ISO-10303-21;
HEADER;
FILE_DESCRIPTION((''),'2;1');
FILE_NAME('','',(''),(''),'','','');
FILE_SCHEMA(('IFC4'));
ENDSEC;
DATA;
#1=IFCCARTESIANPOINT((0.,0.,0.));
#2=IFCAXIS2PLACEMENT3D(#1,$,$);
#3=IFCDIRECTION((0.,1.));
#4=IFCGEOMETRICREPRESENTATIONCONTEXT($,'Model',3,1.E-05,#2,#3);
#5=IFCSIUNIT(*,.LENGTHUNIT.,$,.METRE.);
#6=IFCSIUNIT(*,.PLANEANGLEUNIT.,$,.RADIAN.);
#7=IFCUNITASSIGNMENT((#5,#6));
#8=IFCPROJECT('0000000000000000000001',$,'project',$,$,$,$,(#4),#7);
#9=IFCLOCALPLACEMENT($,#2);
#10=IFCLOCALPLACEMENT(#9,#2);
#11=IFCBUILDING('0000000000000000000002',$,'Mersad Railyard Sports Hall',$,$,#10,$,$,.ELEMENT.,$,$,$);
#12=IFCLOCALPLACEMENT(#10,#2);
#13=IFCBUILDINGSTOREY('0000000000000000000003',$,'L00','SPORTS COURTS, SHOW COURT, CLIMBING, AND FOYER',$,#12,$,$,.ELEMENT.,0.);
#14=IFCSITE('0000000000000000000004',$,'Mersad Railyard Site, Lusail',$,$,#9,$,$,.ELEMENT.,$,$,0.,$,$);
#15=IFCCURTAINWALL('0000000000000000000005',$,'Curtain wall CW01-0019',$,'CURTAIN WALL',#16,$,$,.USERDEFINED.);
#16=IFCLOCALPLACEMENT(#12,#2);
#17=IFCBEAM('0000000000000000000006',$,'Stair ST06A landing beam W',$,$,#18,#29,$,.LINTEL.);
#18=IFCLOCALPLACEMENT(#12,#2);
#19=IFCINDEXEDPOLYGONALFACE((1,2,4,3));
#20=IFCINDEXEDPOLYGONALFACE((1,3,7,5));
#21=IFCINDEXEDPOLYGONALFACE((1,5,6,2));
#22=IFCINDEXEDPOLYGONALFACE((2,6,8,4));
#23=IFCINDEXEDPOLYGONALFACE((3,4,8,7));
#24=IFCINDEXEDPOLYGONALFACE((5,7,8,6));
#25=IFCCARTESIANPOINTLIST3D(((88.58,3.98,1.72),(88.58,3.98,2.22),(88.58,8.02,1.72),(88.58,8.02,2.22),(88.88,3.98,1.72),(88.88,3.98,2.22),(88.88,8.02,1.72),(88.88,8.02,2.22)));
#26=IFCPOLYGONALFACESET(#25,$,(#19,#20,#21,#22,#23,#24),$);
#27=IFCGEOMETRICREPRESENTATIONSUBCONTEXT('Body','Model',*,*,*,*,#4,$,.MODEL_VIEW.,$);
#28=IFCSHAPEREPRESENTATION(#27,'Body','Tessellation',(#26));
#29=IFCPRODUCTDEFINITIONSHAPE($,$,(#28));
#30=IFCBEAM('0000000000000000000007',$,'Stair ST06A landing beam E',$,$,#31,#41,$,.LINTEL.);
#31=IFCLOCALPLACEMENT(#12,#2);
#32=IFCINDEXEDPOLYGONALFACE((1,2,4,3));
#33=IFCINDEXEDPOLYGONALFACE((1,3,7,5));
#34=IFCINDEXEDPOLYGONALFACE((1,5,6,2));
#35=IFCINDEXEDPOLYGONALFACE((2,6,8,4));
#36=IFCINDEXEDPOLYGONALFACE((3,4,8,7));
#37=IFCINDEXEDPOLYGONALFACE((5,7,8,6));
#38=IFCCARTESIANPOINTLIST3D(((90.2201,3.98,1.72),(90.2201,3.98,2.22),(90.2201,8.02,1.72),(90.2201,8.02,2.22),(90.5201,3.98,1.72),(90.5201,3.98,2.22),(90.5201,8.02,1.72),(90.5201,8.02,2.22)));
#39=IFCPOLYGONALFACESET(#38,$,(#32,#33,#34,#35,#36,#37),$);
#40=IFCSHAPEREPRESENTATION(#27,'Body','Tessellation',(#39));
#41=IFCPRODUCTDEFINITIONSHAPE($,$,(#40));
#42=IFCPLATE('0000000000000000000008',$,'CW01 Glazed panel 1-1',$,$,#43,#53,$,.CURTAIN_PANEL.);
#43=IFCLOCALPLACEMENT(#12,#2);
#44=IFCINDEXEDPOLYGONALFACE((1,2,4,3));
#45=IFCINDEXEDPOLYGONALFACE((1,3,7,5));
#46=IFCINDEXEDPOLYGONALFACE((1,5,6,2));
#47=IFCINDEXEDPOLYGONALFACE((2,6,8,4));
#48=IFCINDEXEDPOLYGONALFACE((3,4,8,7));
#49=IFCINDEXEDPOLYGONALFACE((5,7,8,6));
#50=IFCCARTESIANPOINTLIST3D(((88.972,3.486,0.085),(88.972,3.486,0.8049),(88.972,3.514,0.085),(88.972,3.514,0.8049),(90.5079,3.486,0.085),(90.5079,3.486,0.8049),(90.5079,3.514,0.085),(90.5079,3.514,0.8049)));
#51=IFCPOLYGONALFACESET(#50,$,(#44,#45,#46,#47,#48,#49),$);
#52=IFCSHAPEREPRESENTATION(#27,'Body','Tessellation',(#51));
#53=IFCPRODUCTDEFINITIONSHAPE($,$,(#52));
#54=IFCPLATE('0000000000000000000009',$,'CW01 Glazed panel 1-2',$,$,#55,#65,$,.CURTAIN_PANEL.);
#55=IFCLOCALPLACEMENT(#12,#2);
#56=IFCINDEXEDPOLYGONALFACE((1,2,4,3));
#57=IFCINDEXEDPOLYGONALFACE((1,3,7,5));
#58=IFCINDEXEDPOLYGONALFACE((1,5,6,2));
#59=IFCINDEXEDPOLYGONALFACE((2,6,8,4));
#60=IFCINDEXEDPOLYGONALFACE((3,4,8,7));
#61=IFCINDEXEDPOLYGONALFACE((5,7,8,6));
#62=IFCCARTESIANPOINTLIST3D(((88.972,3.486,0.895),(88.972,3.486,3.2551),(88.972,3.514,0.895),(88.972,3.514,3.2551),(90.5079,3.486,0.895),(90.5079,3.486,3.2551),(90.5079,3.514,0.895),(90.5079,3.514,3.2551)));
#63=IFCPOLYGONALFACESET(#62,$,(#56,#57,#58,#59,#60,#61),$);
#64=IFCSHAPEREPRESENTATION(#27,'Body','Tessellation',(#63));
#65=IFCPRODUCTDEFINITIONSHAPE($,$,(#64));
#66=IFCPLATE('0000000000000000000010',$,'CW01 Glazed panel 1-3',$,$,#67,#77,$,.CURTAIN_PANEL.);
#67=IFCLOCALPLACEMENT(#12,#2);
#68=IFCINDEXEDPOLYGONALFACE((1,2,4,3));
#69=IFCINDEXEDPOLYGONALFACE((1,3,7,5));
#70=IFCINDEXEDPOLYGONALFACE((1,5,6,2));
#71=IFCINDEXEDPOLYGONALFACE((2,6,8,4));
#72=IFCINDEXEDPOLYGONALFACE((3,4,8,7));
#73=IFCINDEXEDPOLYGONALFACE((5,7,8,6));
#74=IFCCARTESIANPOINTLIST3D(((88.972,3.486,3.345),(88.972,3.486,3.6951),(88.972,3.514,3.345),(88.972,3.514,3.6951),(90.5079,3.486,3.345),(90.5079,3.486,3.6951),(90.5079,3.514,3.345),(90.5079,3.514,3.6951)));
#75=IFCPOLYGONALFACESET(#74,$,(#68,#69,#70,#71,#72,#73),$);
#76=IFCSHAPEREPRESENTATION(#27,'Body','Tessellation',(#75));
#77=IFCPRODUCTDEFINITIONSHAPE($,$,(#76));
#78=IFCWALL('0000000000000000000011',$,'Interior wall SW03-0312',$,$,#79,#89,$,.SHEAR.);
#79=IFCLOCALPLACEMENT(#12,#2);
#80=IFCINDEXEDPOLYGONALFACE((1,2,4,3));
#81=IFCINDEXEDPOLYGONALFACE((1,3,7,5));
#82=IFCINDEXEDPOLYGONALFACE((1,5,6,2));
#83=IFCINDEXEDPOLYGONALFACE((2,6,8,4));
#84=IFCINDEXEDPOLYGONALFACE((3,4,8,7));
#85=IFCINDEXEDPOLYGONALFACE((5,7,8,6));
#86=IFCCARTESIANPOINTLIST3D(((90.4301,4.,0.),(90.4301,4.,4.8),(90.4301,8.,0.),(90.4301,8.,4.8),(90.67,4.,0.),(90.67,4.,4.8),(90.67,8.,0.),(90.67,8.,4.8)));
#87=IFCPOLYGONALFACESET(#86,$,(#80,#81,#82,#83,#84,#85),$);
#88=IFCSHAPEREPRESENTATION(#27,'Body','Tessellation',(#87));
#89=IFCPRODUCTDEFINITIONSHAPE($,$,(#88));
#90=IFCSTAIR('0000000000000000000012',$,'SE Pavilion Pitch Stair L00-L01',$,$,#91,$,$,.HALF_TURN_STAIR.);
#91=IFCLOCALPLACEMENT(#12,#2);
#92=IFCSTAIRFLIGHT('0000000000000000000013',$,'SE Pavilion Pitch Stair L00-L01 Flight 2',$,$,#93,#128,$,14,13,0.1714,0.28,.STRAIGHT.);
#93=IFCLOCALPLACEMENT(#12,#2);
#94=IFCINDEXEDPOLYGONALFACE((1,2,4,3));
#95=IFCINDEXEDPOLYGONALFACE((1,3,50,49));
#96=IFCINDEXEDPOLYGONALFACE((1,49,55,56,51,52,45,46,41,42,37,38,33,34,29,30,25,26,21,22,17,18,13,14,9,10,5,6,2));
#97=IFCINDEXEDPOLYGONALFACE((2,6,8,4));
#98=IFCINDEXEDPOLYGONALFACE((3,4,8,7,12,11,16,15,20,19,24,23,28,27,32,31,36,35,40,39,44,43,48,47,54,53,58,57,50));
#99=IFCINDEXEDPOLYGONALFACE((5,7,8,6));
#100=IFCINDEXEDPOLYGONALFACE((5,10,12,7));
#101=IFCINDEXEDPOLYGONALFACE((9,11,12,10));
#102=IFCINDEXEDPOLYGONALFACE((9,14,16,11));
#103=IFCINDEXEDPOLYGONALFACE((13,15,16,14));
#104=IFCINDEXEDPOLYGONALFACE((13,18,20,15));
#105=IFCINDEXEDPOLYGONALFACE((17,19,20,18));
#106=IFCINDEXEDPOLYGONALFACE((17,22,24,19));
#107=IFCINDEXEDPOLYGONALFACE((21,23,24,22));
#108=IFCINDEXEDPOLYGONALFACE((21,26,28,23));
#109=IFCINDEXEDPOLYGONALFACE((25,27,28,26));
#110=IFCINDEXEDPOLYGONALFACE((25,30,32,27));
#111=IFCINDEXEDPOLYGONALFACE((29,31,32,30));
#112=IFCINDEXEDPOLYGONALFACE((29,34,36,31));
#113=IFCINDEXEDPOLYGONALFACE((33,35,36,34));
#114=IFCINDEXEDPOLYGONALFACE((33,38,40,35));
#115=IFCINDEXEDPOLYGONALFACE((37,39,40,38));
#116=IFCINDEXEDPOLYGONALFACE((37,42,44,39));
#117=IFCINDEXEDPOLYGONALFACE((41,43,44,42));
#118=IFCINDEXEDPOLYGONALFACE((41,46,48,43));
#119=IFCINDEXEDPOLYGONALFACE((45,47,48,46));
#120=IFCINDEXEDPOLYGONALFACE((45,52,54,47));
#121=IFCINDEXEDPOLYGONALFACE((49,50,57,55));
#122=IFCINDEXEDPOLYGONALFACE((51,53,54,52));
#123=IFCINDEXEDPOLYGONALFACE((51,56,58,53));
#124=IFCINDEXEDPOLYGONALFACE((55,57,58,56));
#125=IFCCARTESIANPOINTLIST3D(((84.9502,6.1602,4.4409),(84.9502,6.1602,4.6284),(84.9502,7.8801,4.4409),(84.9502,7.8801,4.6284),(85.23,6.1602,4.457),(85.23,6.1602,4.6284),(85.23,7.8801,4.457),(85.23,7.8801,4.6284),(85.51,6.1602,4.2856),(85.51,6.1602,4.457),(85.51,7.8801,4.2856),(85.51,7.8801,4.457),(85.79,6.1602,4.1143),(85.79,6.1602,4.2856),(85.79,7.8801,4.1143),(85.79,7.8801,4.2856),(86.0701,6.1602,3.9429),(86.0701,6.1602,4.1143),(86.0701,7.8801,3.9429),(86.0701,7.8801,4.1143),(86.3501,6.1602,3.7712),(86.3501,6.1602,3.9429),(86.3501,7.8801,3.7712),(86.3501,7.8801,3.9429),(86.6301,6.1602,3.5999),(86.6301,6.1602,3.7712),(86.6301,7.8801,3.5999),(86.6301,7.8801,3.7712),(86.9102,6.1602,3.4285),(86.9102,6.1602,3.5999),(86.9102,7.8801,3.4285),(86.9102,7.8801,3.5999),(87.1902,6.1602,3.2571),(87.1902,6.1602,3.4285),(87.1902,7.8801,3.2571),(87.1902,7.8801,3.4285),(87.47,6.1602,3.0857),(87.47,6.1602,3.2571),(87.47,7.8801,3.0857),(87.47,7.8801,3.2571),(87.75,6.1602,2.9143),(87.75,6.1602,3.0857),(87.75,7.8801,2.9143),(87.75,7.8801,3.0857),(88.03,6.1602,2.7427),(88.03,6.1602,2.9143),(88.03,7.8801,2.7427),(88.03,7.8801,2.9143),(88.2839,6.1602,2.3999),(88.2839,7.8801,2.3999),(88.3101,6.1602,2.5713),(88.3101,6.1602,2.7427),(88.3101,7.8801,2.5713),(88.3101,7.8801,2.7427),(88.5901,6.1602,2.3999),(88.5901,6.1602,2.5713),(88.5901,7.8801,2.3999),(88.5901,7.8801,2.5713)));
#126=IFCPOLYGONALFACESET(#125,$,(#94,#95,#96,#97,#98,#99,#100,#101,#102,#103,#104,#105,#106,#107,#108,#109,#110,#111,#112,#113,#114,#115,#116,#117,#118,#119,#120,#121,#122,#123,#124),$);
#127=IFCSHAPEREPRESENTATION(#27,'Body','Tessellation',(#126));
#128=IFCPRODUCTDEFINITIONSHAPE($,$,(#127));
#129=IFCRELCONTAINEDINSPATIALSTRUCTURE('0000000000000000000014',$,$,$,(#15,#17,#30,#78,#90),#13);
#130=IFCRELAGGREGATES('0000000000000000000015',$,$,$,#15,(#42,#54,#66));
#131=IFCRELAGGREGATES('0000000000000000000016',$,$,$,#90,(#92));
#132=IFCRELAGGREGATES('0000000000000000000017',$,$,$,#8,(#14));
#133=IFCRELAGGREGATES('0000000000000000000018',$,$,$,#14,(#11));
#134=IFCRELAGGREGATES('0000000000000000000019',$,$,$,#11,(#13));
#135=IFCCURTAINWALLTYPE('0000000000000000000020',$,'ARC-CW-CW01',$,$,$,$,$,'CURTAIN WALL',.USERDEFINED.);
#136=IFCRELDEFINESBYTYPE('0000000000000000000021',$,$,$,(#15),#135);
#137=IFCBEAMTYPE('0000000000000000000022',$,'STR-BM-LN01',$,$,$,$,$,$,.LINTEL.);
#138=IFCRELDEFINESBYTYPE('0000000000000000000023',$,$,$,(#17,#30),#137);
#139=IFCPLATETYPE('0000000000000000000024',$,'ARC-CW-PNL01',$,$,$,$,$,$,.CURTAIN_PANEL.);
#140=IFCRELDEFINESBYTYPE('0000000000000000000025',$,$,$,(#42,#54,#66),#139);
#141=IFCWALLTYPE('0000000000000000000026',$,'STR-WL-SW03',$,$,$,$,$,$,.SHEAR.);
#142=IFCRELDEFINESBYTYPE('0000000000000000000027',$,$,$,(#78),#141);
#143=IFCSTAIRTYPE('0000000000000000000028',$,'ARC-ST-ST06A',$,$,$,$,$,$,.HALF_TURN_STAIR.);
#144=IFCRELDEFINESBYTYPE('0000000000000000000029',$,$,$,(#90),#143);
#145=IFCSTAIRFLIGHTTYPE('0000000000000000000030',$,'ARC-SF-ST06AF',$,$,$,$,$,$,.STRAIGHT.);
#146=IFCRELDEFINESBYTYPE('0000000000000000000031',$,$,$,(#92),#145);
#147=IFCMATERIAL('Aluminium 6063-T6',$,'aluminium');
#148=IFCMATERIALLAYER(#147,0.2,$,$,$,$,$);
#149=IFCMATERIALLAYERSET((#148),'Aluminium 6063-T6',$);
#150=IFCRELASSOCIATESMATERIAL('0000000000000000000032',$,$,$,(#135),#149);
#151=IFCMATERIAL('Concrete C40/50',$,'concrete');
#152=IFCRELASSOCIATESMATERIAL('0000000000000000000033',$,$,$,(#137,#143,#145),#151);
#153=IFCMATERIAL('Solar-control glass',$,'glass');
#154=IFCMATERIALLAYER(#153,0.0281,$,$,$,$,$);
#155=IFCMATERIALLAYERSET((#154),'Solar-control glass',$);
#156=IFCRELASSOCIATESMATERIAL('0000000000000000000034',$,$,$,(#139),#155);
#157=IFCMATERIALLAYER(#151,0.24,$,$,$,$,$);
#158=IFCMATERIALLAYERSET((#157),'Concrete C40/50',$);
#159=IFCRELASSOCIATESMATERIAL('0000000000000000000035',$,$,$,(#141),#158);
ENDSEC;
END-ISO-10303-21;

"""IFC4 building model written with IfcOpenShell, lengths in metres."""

from ifc_helpers import new_model, si_unit, direction, frame, frame_2d, origin, origin_2d, place, context, subcontext, project, spatial, polyline, rectangle, outline, extrude, material, layer, layer_set, material_profile, profile_set, type_object, element, aggregate, save


model = new_model("IFC4")

# Units and contexts
model_context = context("Model", 3, precision=1e-05, world=origin(), true_north=direction((0.0, 1.0)))
body_context = subcontext(model_context, "Body", "Model", "MODEL_VIEW")
ifc_project = project(units=[si_unit("LENGTHUNIT", "METRE"), si_unit("PLANEANGLEUNIT", "RADIAN")], contexts=[model_context])

# Site, building, storey
site_placement = place(None, origin())
site = spatial("IfcSite", under=ifc_project, at=site_placement, Name="Mersad Railyard Site, Lusail", CompositionType="ELEMENT", RefElevation=0.0)
building_placement = place(site_placement, origin())
building = spatial("IfcBuilding", under=site, at=building_placement, Name="Mersad Railyard Sports Hall", CompositionType="ELEMENT")
storey_placement = place(building_placement, origin())
storey = spatial("IfcBuildingStorey", under=building, at=storey_placement, Name="L00", Description="SPORTS COURTS, SHOW COURT, CLIMBING, AND FOYER", CompositionType="ELEMENT", Elevation=0.0)

# Curtain wall
ifc_material_1 = material(Name="Aluminium 6063-T6", Category="aluminium")
ifc_layer_1 = layer(ifc_material_1, 0.2)
ifc_layer_set_1 = layer_set([ifc_layer_1], Name="Aluminium 6063-T6")
curtain_wall_type = type_object("IfcCurtainWallType", Name="ARC-CW-CW01", ElementType="CURTAIN WALL", PredefinedType="USERDEFINED", material=ifc_layer_set_1)
curtain_wall_placement = place(storey_placement, origin())
curtain_wall = element("IfcCurtainWall", 1, at=curtain_wall_placement, inside=storey, type_object=curtain_wall_type, Name="Curtain wall CW01-0019", ObjectType="CURTAIN WALL", PredefinedType="USERDEFINED")

# Beams
ifc_material_2 = material(Name="Concrete C40/50", Category="concrete")
ifc_material_profile_1 = material_profile(ifc_material_2, rectangle(XDim=0.3, YDim=0.5, at=origin_2d()), Name="RC 300x500")
ifc_profile_set_1 = profile_set([ifc_material_profile_1], Name="Concrete C40/50")
beam_type = type_object("IfcBeamType", Name="STR-BM-LN01", PredefinedType="LINTEL", material=ifc_profile_set_1)
for number, where, z_axis, x_axis, name in (
    (2, (88.73, 3.98, 1.97), (0.0, 1.0, 0.0), (-1.0, 0.0, 0.0), "Stair ST06A landing beam W"),
    (3, (90.3701, 3.98, 1.97), (0.0, 1.0, 0.0), (-1.0, 0.0, 0.0), "Stair ST06A landing beam E"),
):
    element("IfcBeam", number, at=place(storey_placement, frame(where, z_axis=z_axis, x_axis=x_axis)), inside=storey, type_object=beam_type, Name=name, PredefinedType="LINTEL", context=body_context, shape_type="SweptSolid", body=[
        extrude(rectangle(XDim=0.3, YDim=0.5, at=origin_2d()), origin(), (0.0, 0.0, 1.0), 4.04),
    ])

# Plates
ifc_material_3 = material(Name="Solar-control glass", Category="glass")
ifc_layer_2 = layer(ifc_material_3, 0.0281)
ifc_layer_set_2 = layer_set([ifc_layer_2], Name="Solar-control glass")
plate_type = type_object("IfcPlateType", Name="ARC-CW-PNL01", PredefinedType="CURTAIN_PANEL", material=ifc_layer_set_2)
plate_1_placement = place(storey_placement, frame((89.74, 3.5, 0.085), z_axis=(0.0, 0.0, 1.0), x_axis=(-1.0, 0.0, 0.0)))
plate_1 = element("IfcPlate", 4, at=plate_1_placement, type_object=plate_type, Name="CW01 Glazed panel 1-1", PredefinedType="CURTAIN_PANEL", context=body_context, shape_type="SweptSolid", body=[
    extrude(rectangle(XDim=1.5359, YDim=0.0281, at=origin_2d()), origin(), (0.0, 0.0, 1.0), 0.72),
])
plate_2_placement = place(storey_placement, frame((89.74, 3.5, 0.895), z_axis=(0.0, 0.0, 1.0), x_axis=(-1.0, 0.0, 0.0)))
plate_2 = element("IfcPlate", 5, at=plate_2_placement, type_object=plate_type, Name="CW01 Glazed panel 1-2", PredefinedType="CURTAIN_PANEL", context=body_context, shape_type="SweptSolid", body=[
    extrude(rectangle(XDim=1.5359, YDim=0.0281, at=origin_2d()), origin(), (0.0, 0.0, 1.0), 2.3601),
])
plate_3_placement = place(storey_placement, frame((89.74, 3.5, 3.345), z_axis=(0.0, 0.0, 1.0), x_axis=(-1.0, 0.0, 0.0)))
plate_3 = element("IfcPlate", 6, at=plate_3_placement, type_object=plate_type, Name="CW01 Glazed panel 1-3", PredefinedType="CURTAIN_PANEL", context=body_context, shape_type="SweptSolid", body=[
    extrude(rectangle(XDim=1.5359, YDim=0.0281, at=origin_2d()), origin(), (0.0, 0.0, 1.0), 0.3501),
])
aggregate(curtain_wall, [plate_1, plate_2, plate_3])

# Wall
ifc_layer_3 = layer(ifc_material_2, 0.24)
ifc_layer_set_3 = layer_set([ifc_layer_3], Name="Concrete C40/50")
wall_type = type_object("IfcWallType", Name="STR-WL-SW03", PredefinedType="SHEAR", material=ifc_layer_set_3)
wall_placement = place(storey_placement, frame((90.55, 4.0, 0.0), z_axis=(0.0, 0.0, 1.0), x_axis=(0.0, 1.0, 0.0)))
element("IfcWall", 7, at=wall_placement, inside=storey, type_object=wall_type, Name="Interior wall SW03-0312", PredefinedType="SHEAR", context=body_context, shape_type="SweptSolid", body=[
    extrude(rectangle(XDim=4.0, YDim=0.24, at=frame_2d((2.0, 0.0))), origin(), (0.0, 0.0, 1.0), 4.8),
])

# Stair, stair flight
stair_type = type_object("IfcStairType", Name="ARC-ST-ST06A", PredefinedType="HALF_TURN_STAIR", material=ifc_material_2)
stair_placement = place(storey_placement, origin())
stair = element("IfcStair", 8, at=stair_placement, inside=storey, type_object=stair_type, Name="SE Pavilion Pitch Stair L00-L01", PredefinedType="HALF_TURN_STAIR")
stair_flight_type = type_object("IfcStairFlightType", Name="ARC-SF-ST06AF", PredefinedType="STRAIGHT", material=ifc_material_2)
stair_flight_placement = place(storey_placement, frame((88.5901, 7.02, 2.3999), z_axis=(0.0, 0.0, 1.0), x_axis=(-1.0, 0.0, 0.0)))
stair_flight = element("IfcStairFlight", 9, at=stair_flight_placement, type_object=stair_flight_type, Name="SE Pavilion Pitch Stair L00-L01 Flight 2", NumberOfRisers=14, NumberOfTreads=13, PredefinedType="STRAIGHT", RiserHeight=0.1714, TreadLength=0.28, context=body_context, shape_type="SweptSolid", body=[
    extrude(outline(polyline([(0.0, 0.0), (0.0, 0.1714), (0.28, 0.1714), (0.28, 0.3428), (0.5601, 0.3428), (0.5601, 0.5144), (0.8401, 0.5144), (0.8401, 0.6858), (1.1201, 0.6858), (1.1201, 0.8572), (1.3999, 0.8572), (1.3999, 1.0286), (1.6799, 1.0286), (1.6799, 1.2), (1.96, 1.2), (1.96, 1.3713), (2.24, 1.3713), (2.24, 1.543), (2.52, 1.543), (2.52, 1.7144), (2.8, 1.7144), (2.8, 1.8857), (3.0801, 1.8857), (3.0801, 2.0571), (3.3601, 2.0571), (3.3601, 2.2285), (3.6399, 2.2285), (3.6399, 2.3999), (3.6399, 2.041), (0.3062, 0.0), (0.0, 0.0)])), frame((0.0, 0.8599, 0.0), z_axis=(0.0, -1.0, 0.0), x_axis=(1.0, 0.0, 0.0)), (0.0, 0.0, 1.0), 1.72),
])
aggregate(stair, [stair_flight])

save(model, "model.ifc")
